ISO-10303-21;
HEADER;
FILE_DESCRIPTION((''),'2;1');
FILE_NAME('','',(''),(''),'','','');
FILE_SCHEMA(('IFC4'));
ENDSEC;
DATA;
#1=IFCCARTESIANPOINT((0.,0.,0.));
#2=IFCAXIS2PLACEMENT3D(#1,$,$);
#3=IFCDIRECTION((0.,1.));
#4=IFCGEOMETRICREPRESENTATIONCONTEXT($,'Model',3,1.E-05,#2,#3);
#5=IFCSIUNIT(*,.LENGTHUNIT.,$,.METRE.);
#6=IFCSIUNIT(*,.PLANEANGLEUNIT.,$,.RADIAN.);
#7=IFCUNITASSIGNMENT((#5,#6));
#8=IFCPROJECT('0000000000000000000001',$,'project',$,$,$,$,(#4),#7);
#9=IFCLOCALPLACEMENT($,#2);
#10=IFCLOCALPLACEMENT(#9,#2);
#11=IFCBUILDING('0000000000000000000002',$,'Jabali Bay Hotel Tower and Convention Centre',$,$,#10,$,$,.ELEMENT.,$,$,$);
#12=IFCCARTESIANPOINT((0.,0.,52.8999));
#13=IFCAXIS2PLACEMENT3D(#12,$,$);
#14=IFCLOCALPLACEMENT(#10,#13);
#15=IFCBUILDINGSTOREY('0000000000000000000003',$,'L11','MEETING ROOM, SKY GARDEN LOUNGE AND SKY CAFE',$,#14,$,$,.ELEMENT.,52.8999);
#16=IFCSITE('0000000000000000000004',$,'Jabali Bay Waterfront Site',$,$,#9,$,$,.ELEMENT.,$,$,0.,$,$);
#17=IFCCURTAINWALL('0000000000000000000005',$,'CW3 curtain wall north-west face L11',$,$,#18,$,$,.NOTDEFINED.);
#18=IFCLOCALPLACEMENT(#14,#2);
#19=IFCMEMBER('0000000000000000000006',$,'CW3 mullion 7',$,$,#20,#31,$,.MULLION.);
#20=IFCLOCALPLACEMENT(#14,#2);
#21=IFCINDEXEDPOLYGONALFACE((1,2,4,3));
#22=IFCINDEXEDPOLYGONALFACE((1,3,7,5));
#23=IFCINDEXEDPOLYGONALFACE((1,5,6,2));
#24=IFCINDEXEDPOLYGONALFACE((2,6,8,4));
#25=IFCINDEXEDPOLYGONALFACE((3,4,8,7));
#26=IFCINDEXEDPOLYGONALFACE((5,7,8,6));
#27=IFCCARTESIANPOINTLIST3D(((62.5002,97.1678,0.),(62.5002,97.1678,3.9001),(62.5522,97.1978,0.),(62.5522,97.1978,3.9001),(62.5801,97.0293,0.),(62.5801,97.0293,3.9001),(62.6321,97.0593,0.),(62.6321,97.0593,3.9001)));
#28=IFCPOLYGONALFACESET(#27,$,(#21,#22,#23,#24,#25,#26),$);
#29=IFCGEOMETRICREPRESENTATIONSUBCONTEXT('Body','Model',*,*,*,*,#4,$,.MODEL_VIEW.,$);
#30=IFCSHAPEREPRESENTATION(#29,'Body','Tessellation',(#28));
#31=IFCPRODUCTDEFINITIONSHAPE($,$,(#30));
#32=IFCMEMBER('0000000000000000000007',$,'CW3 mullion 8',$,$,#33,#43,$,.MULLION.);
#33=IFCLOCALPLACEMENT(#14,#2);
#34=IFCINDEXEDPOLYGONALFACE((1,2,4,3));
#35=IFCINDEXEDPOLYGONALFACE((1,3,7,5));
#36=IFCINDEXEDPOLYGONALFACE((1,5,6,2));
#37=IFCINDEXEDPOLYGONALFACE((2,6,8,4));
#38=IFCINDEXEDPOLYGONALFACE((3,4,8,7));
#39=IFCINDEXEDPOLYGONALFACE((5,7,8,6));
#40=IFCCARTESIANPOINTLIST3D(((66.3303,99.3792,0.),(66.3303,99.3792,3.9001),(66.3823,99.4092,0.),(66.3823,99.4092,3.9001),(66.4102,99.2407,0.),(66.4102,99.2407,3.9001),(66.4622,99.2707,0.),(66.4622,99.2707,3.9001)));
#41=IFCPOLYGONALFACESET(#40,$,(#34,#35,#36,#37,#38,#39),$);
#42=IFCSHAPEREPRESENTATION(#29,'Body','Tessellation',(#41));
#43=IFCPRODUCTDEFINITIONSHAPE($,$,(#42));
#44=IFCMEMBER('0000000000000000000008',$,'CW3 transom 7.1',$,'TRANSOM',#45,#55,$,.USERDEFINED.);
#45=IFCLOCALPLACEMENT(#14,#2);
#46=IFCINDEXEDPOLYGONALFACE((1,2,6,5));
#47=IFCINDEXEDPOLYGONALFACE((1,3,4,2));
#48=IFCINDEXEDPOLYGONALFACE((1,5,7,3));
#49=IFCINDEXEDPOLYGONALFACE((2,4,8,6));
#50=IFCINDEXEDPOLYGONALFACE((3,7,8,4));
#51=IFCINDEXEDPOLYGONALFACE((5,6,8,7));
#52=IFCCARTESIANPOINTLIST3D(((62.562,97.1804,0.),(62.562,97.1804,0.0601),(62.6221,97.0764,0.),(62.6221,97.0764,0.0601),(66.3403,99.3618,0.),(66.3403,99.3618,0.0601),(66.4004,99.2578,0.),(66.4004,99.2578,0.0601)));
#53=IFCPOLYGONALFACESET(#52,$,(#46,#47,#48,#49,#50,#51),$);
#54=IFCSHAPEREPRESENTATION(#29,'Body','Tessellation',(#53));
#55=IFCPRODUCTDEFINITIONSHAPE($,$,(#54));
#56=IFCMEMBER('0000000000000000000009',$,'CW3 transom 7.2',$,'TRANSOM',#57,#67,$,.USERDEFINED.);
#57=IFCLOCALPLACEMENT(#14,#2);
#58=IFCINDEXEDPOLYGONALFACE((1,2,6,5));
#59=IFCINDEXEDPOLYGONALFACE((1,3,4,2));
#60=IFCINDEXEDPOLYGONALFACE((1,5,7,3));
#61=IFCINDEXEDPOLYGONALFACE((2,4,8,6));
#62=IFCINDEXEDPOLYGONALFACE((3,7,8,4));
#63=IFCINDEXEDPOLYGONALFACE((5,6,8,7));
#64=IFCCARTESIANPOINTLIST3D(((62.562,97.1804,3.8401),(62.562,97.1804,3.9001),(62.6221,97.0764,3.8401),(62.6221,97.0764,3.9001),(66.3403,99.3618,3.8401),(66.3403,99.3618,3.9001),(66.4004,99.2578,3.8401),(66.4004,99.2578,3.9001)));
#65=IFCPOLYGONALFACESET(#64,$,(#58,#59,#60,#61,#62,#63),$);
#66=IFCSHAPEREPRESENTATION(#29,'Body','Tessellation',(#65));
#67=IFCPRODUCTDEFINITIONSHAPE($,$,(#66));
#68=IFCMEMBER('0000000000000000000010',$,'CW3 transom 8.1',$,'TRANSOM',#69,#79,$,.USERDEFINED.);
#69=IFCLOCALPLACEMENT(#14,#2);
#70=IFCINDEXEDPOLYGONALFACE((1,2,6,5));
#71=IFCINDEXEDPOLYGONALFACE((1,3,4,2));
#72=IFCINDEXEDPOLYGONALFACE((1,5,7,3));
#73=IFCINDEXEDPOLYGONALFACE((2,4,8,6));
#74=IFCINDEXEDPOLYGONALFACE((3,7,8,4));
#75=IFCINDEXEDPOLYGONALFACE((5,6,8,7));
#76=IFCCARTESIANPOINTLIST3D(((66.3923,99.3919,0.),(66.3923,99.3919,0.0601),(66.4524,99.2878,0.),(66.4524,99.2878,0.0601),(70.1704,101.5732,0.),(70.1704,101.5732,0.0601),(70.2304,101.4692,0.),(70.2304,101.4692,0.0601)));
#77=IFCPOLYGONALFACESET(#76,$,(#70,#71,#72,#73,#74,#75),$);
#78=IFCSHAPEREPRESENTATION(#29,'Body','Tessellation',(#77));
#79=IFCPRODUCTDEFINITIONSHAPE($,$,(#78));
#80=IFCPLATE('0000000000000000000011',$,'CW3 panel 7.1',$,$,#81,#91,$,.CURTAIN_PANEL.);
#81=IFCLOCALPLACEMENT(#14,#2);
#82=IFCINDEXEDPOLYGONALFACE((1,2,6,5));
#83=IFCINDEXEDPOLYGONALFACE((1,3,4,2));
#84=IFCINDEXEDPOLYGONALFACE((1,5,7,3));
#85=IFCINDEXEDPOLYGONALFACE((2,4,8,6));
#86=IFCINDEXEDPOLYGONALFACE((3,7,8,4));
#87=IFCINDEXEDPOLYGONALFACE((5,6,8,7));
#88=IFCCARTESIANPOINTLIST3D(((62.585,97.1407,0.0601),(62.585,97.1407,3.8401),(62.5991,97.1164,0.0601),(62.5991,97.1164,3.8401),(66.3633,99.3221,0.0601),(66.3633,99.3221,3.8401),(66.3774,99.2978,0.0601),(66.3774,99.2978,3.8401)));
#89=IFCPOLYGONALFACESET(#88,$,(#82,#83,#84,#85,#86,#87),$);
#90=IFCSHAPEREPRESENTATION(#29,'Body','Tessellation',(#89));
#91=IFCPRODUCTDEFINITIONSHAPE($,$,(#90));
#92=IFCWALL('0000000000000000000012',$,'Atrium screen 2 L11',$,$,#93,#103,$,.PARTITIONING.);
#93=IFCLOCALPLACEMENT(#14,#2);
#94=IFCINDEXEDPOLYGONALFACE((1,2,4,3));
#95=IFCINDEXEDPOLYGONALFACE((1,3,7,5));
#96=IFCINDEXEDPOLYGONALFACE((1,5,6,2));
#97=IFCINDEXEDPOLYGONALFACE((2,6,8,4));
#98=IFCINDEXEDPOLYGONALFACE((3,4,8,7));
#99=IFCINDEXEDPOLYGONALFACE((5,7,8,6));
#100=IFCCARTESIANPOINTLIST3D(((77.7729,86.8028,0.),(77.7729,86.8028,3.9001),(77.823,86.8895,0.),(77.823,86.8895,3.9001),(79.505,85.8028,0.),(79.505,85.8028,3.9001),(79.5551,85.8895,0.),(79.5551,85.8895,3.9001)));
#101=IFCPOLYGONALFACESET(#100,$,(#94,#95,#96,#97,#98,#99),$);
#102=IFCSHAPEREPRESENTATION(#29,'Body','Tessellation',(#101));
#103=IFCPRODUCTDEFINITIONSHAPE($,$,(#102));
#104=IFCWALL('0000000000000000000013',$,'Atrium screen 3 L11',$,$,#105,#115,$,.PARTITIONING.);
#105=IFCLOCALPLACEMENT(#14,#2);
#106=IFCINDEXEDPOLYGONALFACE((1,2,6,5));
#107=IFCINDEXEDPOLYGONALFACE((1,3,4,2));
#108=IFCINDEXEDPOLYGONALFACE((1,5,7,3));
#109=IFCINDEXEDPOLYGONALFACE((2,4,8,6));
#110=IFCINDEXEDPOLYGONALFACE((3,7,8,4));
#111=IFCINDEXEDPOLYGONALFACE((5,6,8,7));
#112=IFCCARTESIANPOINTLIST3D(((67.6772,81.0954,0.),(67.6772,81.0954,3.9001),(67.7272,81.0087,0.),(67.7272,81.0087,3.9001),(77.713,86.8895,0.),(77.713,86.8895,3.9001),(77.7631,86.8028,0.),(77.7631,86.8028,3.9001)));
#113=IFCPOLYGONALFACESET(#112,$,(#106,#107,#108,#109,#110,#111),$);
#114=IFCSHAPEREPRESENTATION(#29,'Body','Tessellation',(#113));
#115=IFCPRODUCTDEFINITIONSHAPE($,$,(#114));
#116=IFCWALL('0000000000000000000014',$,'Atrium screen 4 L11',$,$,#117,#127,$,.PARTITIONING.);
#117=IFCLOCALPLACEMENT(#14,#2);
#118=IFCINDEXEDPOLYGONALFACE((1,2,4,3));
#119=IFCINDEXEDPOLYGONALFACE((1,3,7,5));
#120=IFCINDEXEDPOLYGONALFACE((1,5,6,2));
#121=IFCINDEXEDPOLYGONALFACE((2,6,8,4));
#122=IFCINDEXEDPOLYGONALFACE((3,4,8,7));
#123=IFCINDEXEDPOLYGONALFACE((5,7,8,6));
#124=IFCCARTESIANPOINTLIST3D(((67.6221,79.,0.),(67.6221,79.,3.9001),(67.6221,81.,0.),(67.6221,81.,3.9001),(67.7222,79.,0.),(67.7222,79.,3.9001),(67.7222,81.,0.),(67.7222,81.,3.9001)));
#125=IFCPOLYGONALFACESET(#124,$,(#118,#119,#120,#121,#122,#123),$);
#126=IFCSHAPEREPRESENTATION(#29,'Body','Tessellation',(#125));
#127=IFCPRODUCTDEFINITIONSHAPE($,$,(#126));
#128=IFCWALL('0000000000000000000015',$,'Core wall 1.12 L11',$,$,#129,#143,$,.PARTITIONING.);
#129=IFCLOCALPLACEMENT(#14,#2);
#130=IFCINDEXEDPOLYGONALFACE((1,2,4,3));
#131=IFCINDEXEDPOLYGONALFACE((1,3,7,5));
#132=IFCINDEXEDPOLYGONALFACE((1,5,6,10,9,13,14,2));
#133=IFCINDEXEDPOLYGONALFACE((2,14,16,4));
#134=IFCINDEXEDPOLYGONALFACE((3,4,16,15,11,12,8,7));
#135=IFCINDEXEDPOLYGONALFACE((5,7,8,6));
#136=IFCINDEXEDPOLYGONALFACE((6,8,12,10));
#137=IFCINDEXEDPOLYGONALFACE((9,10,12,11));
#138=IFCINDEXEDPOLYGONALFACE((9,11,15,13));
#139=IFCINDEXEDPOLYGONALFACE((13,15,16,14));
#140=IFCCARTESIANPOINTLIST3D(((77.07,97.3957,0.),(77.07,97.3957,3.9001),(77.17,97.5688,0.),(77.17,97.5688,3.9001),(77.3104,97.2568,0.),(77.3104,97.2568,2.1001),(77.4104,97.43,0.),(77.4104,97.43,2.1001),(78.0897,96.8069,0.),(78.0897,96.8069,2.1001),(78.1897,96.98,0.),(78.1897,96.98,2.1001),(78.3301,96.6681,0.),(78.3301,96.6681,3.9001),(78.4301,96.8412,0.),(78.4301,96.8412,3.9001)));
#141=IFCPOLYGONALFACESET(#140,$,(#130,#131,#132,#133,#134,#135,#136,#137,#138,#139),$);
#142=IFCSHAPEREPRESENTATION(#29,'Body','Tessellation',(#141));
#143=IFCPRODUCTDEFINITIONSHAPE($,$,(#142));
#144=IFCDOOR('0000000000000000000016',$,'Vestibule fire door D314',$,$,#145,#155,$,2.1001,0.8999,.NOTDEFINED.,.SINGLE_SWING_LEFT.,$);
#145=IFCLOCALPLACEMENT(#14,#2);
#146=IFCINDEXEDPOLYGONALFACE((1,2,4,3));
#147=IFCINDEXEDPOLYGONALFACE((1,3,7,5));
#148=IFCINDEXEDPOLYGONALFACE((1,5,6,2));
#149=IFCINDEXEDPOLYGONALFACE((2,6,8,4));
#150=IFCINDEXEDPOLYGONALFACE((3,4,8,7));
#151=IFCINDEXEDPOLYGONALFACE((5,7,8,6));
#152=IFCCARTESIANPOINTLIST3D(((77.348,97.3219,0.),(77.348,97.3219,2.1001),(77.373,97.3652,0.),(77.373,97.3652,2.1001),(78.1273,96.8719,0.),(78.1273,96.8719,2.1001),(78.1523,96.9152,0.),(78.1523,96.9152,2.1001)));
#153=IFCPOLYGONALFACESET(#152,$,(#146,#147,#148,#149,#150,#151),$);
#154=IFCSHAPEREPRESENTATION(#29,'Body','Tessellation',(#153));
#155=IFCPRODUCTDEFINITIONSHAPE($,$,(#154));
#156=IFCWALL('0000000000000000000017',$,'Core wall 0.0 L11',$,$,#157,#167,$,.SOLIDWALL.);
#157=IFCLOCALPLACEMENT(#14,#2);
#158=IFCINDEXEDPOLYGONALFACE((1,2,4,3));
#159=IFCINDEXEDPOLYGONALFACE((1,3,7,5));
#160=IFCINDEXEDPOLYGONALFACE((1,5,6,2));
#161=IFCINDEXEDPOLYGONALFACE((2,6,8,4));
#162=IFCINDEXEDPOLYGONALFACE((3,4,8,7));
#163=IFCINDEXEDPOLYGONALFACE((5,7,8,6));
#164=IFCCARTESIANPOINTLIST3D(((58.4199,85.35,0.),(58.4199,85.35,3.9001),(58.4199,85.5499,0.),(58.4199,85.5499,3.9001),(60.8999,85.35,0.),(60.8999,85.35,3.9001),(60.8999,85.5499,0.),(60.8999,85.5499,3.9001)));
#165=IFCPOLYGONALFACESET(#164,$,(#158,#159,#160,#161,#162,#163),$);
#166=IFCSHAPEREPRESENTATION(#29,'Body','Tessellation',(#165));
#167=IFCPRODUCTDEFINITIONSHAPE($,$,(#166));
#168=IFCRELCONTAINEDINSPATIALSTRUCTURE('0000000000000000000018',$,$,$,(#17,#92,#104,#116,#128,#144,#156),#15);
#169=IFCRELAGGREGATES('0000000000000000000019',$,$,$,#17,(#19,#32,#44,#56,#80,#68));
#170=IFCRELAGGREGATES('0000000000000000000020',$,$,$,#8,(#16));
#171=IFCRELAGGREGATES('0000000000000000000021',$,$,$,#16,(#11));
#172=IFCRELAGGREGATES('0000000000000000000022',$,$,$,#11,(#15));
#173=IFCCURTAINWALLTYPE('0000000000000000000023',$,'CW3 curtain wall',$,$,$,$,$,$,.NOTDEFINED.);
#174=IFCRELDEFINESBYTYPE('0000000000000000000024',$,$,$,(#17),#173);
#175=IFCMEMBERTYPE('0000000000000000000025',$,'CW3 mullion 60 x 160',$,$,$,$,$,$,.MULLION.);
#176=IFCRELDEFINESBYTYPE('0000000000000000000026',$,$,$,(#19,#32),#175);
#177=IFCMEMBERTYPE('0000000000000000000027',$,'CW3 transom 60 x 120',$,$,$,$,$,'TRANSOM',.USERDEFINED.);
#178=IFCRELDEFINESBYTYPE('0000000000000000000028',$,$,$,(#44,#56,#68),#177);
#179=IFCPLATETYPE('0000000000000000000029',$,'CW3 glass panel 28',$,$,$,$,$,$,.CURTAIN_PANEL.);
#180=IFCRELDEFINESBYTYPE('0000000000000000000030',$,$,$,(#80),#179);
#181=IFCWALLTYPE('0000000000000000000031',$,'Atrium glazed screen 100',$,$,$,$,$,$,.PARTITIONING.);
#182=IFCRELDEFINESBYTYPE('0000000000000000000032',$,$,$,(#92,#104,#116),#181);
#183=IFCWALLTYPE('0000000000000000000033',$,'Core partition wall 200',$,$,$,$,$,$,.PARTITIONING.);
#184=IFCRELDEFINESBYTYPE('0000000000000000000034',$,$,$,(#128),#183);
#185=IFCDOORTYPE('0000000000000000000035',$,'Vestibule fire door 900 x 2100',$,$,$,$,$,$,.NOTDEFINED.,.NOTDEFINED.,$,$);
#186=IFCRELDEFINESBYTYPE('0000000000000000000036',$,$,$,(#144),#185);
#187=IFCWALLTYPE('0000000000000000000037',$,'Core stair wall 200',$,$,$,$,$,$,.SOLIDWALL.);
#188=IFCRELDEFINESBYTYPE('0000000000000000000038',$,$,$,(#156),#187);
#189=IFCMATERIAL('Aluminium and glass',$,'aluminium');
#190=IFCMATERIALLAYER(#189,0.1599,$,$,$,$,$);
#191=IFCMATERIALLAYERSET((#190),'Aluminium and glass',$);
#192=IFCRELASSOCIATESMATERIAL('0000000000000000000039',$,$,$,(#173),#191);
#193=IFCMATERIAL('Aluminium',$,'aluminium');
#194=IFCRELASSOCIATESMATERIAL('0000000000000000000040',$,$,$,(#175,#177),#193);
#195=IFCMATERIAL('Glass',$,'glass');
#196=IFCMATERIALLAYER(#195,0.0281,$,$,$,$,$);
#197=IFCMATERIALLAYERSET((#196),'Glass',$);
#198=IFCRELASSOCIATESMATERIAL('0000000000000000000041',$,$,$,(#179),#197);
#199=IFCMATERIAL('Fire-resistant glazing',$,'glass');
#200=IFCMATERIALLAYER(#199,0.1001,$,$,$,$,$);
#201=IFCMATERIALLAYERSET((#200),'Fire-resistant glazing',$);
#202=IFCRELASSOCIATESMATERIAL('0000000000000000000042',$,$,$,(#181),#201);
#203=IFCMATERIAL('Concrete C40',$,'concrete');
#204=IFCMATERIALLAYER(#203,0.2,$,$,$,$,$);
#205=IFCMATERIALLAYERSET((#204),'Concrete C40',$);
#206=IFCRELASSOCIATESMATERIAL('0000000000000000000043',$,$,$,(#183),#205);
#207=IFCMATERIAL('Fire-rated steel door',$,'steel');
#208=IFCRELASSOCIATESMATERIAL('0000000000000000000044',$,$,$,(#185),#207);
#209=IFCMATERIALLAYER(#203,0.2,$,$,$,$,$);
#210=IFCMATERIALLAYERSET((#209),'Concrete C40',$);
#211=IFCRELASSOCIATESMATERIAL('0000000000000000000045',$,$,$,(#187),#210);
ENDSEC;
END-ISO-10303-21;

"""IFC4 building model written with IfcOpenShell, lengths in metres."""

from ifc_helpers import new_model, si_unit, direction, frame, frame_2d, origin, origin_2d, place, context, subcontext, project, spatial, rectangle, extrude, material, layer, layer_set, material_profile, profile_set, type_object, element, fill, aggregate, save


model = new_model("IFC4")

# Units and contexts
model_context = context("Model", 3, precision=1e-05, world=origin(), true_north=direction((0.0, 1.0)))
body_context = subcontext(model_context, "Body", "Model", "MODEL_VIEW")
ifc_project = project(units=[si_unit("LENGTHUNIT", "METRE"), si_unit("PLANEANGLEUNIT", "RADIAN")], contexts=[model_context])

# Site, building, storey
site_placement = place(None, origin())
site = spatial("IfcSite", under=ifc_project, at=site_placement, Name="Jabali Bay Waterfront Site", CompositionType="ELEMENT", RefElevation=0.0)
building_placement = place(site_placement, origin())
building = spatial("IfcBuilding", under=site, at=building_placement, Name="Jabali Bay Hotel Tower and Convention Centre", CompositionType="ELEMENT")
storey_placement = place(building_placement, frame((0.0, 0.0, 52.8999)))
storey = spatial("IfcBuildingStorey", under=building, at=storey_placement, Name="L11", Description="MEETING ROOM, SKY GARDEN LOUNGE AND SKY CAFE", CompositionType="ELEMENT", Elevation=52.8999)

# Curtain wall, members, plate
ifc_material_1 = material(Name="Aluminium and glass", Category="aluminium")
ifc_layer_1 = layer(ifc_material_1, 0.1599)
ifc_layer_set_1 = layer_set([ifc_layer_1], Name="Aluminium and glass")
curtain_wall_type = type_object("IfcCurtainWallType", Name="CW3 curtain wall", PredefinedType="NOTDEFINED", material=ifc_layer_set_1)
curtain_wall_placement = place(storey_placement, origin())
curtain_wall = element("IfcCurtainWall", 1, at=curtain_wall_placement, inside=storey, type_object=curtain_wall_type, Name="CW3 curtain wall north-west face L11", PredefinedType="NOTDEFINED")
ifc_material_2 = material(Name="Aluminium", Category="aluminium")
ifc_material_profile_1 = material_profile(ifc_material_2, rectangle(XDim=0.1599, YDim=0.0601, at=origin_2d()), Name="CW3 mullion 60 x 160")
ifc_profile_set_1 = profile_set([ifc_material_profile_1], Name="Aluminium")
member_type_1 = type_object("IfcMemberType", Name="CW3 mullion 60 x 160", PredefinedType="MULLION", material=ifc_profile_set_1)
member_1_placement = place(storey_placement, frame((62.5662, 97.1135, 0.0), z_axis=(0.0, 0.0, 1.0), x_axis=(-0.5, 0.866025, 0.0)))
member_1 = element("IfcMember", 2, at=member_1_placement, type_object=member_type_1, Name="CW3 mullion 7", PredefinedType="MULLION", context=body_context, shape_type="SweptSolid", body=[
    extrude(rectangle(XDim=0.1599, YDim=0.0601, at=origin_2d()), origin(), (0.0, 0.0, 1.0), 3.9001),
])
member_2_placement = place(storey_placement, frame((66.3962, 99.325, 0.0), z_axis=(0.0, 0.0, 1.0), x_axis=(-0.5, 0.866025, 0.0)))
member_2 = element("IfcMember", 3, at=member_2_placement, type_object=member_type_1, Name="CW3 mullion 8", PredefinedType="MULLION", context=body_context, shape_type="SweptSolid", body=[
    extrude(rectangle(XDim=0.1599, YDim=0.0601, at=origin_2d()), origin(), (0.0, 0.0, 1.0), 3.9001),
])
ifc_material_profile_2 = material_profile(ifc_material_2, rectangle(XDim=0.1201, YDim=0.0601, at=origin_2d()), Name="CW3 transom 60 x 120")
ifc_profile_set_2 = profile_set([ifc_material_profile_2], Name="Aluminium")
member_type_2 = type_object("IfcMemberType", Name="CW3 transom 60 x 120", ElementType="TRANSOM", PredefinedType="USERDEFINED", material=ifc_profile_set_2)
member_3_placement = place(storey_placement, frame((62.592, 97.1284, 0.03), z_axis=(0.866027, 0.499997, 0.0), x_axis=(-0.499997, 0.866027, 0.0)))
member_3 = element("IfcMember", 4, at=member_3_placement, type_object=member_type_2, Name="CW3 transom 7.1", ObjectType="TRANSOM", PredefinedType="USERDEFINED", context=body_context, shape_type="SweptSolid", body=[
    extrude(rectangle(XDim=0.1201, YDim=0.0601, at=origin_2d()), origin(), (0.0, 0.0, 1.0), 4.3628),
])
member_4_placement = place(storey_placement, frame((62.592, 97.1284, 3.8701), z_axis=(0.866027, 0.499997, 0.0), x_axis=(-0.499997, 0.866027, 0.0)))
member_4 = element("IfcMember", 5, at=member_4_placement, type_object=member_type_2, Name="CW3 transom 7.2", ObjectType="TRANSOM", PredefinedType="USERDEFINED", context=body_context, shape_type="SweptSolid", body=[
    extrude(rectangle(XDim=0.1201, YDim=0.0601, at=origin_2d()), origin(), (0.0, 0.0, 1.0), 4.3628),
])
member_5_placement = place(storey_placement, frame((66.4224, 99.3398, 0.03), z_axis=(0.866013, 0.500021, 0.0), x_axis=(-0.500021, 0.866013, 0.0)))
member_5 = element("IfcMember", 6, at=member_5_placement, type_object=member_type_2, Name="CW3 transom 8.1", ObjectType="TRANSOM", PredefinedType="USERDEFINED", context=body_context, shape_type="SweptSolid", body=[
    extrude(rectangle(XDim=0.1201, YDim=0.0601, at=origin_2d()), origin(), (0.0, 0.0, 1.0), 4.3625),
])
ifc_material_3 = material(Name="Glass", Category="glass")
ifc_layer_2 = layer(ifc_material_3, 0.0281)
ifc_layer_set_2 = layer_set([ifc_layer_2], Name="Glass")
plate_type = type_object("IfcPlateType", Name="CW3 glass panel 28", PredefinedType="CURTAIN_PANEL", material=ifc_layer_set_2)
plate_placement = place(storey_placement, frame((64.4812, 98.2192, 0.0601), z_axis=(0.0, 0.0, 1.0), x_axis=(0.866025, 0.5, 0.0)))
plate = element("IfcPlate", 7, at=plate_placement, type_object=plate_type, Name="CW3 panel 7.1", PredefinedType="CURTAIN_PANEL", context=body_context, shape_type="SweptSolid", body=[
    extrude(rectangle(XDim=4.3628, YDim=0.0281, at=origin_2d()), origin(), (0.0, 0.0, 1.0), 3.78),
])
aggregate(curtain_wall, [member_1, member_2, member_3, member_4, plate, member_5])

# Walls
ifc_material_4 = material(Name="Fire-resistant glazing", Category="glass")
ifc_layer_3 = layer(ifc_material_4, 0.1001)
ifc_layer_set_3 = layer_set([ifc_layer_3], Name="Fire-resistant glazing")
wall_type_1 = type_object("IfcWallType", Name="Atrium glazed screen 100", PredefinedType="PARTITIONING", material=ifc_layer_set_3)
wall_1_placement = place(storey_placement, frame((79.53, 85.8462, 0.0), z_axis=(0.0, 0.0, 1.0), x_axis=(-0.866041, 0.499973, 0.0)))
element("IfcWall", 8, at=wall_1_placement, inside=storey, type_object=wall_type_1, Name="Atrium screen 2 L11", PredefinedType="PARTITIONING", context=body_context, shape_type="SweptSolid", body=[
    extrude(rectangle(XDim=2.0, YDim=0.1001, at=frame_2d((1.0, 0.0))), origin(), (0.0, 0.0, 1.0), 3.9001),
])
wall_2_placement = place(storey_placement, frame((77.738, 86.8462, 0.0), z_axis=(0.0, 0.0, 1.0), x_axis=(-0.866027, -0.499998, 0.0)))
element("IfcWall", 9, at=wall_2_placement, inside=storey, type_object=wall_type_1, Name="Atrium screen 3 L11", PredefinedType="PARTITIONING", context=body_context, shape_type="SweptSolid", body=[
    extrude(rectangle(XDim=11.5884, YDim=0.1001, at=frame_2d((5.7942, 0.0))), origin(), (0.0, 0.0, 1.0), 3.9001),
])
wall_3_placement = place(storey_placement, frame((67.6721, 81.0, 0.0), z_axis=(0.0, 0.0, 1.0), x_axis=(0.0, -1.0, 0.0)))
element("IfcWall", 10, at=wall_3_placement, inside=storey, type_object=wall_type_1, Name="Atrium screen 4 L11", PredefinedType="PARTITIONING", context=body_context, shape_type="SweptSolid", body=[
    extrude(rectangle(XDim=2.0, YDim=0.1001, at=frame_2d((1.0, 0.0))), origin(), (0.0, 0.0, 1.0), 3.9001),
])

# Wall, opening, door
ifc_material_5 = material(Name="Concrete C40", Category="concrete")
ifc_layer_4 = layer(ifc_material_5, 0.2)
ifc_layer_set_4 = layer_set([ifc_layer_4], Name="Concrete C40")
wall_type_2 = type_object("IfcWallType", Name="Core partition wall 200", PredefinedType="PARTITIONING", material=ifc_layer_set_4)
wall_4_placement = place(storey_placement, frame((78.3801, 96.7546, 0.0), z_axis=(0.0, 0.0, 1.0), x_axis=(-0.866004, 0.500037, 0.0)))
wall_4 = element("IfcWall", 11, at=wall_4_placement, inside=storey, type_object=wall_type_2, Name="Core wall 1.12 L11", PredefinedType="PARTITIONING", context=body_context, shape_type="SweptSolid", body=[
    extrude(rectangle(XDim=1.4551, YDim=0.2, at=frame_2d((0.7275, 0.0))), origin(), (0.0, 0.0, 1.0), 3.9001),
])
opening_1_placement = place(wall_4_placement, frame((0.2776, 0.0, 0.0)))
opening_1 = element("IfcOpeningElement", 12, at=opening_1_placement, cuts=wall_4, PredefinedType="OPENING", context=body_context, shape_type="SweptSolid", body=[
    extrude(rectangle(XDim=0.8999, YDim=2.1001, at=frame_2d((0.45, 1.05))), frame((0.0, 0.1104, 0.0), z_axis=(0.0, -1.0, 0.0), x_axis=(1.0, 0.0, 0.0)), (0.0, 0.0, 1.0), 0.2209),
])
ifc_material_6 = material(Name="Fire-rated steel door", Category="steel")
door_type_1 = type_object("IfcDoorType", Name="Vestibule fire door 900 x 2100", OperationType="NOTDEFINED", PredefinedType="NOTDEFINED", material=ifc_material_6)
door_1_placement = place(opening_1_placement, origin())
door_1 = element("IfcDoor", 13, at=door_1_placement, inside=storey, type_object=door_type_1, Name="Vestibule fire door D314", OperationType="SINGLE_SWING_LEFT", OverallHeight=2.1001, OverallWidth=0.8999, PredefinedType="NOTDEFINED", context=body_context, shape_type="SweptSolid", body=[
    extrude(rectangle(XDim=0.8999, YDim=2.1001, at=frame_2d((0.45, 1.05))), frame((0.0, 0.0249, 0.0), z_axis=(0.0, -1.0, 0.0), x_axis=(1.0, 0.0, 0.0)), (0.0, 0.0, 1.0), 0.05),
])
fill(opening_1, door_1)

# Wall
ifc_layer_5 = layer(ifc_material_5, 0.2)
ifc_layer_set_5 = layer_set([ifc_layer_5], Name="Concrete C40")
wall_type_3 = type_object("IfcWallType", Name="Core stair wall 200", PredefinedType="SOLIDWALL", material=ifc_layer_set_5)
wall_5_placement = place(storey_placement, frame((60.8999, 85.45, 0.0), z_axis=(0.0, 0.0, 1.0), x_axis=(-1.0, 0.0, 0.0)))
element("IfcWall", 14, at=wall_5_placement, inside=storey, type_object=wall_type_3, Name="Core wall 0.0 L11", PredefinedType="SOLIDWALL", context=body_context, shape_type="SweptSolid", body=[
    extrude(rectangle(XDim=2.48, YDim=0.2, at=frame_2d((1.24, 0.0))), origin(), (0.0, 0.0, 1.0), 3.9001),
])

save(model, "model.ifc")
